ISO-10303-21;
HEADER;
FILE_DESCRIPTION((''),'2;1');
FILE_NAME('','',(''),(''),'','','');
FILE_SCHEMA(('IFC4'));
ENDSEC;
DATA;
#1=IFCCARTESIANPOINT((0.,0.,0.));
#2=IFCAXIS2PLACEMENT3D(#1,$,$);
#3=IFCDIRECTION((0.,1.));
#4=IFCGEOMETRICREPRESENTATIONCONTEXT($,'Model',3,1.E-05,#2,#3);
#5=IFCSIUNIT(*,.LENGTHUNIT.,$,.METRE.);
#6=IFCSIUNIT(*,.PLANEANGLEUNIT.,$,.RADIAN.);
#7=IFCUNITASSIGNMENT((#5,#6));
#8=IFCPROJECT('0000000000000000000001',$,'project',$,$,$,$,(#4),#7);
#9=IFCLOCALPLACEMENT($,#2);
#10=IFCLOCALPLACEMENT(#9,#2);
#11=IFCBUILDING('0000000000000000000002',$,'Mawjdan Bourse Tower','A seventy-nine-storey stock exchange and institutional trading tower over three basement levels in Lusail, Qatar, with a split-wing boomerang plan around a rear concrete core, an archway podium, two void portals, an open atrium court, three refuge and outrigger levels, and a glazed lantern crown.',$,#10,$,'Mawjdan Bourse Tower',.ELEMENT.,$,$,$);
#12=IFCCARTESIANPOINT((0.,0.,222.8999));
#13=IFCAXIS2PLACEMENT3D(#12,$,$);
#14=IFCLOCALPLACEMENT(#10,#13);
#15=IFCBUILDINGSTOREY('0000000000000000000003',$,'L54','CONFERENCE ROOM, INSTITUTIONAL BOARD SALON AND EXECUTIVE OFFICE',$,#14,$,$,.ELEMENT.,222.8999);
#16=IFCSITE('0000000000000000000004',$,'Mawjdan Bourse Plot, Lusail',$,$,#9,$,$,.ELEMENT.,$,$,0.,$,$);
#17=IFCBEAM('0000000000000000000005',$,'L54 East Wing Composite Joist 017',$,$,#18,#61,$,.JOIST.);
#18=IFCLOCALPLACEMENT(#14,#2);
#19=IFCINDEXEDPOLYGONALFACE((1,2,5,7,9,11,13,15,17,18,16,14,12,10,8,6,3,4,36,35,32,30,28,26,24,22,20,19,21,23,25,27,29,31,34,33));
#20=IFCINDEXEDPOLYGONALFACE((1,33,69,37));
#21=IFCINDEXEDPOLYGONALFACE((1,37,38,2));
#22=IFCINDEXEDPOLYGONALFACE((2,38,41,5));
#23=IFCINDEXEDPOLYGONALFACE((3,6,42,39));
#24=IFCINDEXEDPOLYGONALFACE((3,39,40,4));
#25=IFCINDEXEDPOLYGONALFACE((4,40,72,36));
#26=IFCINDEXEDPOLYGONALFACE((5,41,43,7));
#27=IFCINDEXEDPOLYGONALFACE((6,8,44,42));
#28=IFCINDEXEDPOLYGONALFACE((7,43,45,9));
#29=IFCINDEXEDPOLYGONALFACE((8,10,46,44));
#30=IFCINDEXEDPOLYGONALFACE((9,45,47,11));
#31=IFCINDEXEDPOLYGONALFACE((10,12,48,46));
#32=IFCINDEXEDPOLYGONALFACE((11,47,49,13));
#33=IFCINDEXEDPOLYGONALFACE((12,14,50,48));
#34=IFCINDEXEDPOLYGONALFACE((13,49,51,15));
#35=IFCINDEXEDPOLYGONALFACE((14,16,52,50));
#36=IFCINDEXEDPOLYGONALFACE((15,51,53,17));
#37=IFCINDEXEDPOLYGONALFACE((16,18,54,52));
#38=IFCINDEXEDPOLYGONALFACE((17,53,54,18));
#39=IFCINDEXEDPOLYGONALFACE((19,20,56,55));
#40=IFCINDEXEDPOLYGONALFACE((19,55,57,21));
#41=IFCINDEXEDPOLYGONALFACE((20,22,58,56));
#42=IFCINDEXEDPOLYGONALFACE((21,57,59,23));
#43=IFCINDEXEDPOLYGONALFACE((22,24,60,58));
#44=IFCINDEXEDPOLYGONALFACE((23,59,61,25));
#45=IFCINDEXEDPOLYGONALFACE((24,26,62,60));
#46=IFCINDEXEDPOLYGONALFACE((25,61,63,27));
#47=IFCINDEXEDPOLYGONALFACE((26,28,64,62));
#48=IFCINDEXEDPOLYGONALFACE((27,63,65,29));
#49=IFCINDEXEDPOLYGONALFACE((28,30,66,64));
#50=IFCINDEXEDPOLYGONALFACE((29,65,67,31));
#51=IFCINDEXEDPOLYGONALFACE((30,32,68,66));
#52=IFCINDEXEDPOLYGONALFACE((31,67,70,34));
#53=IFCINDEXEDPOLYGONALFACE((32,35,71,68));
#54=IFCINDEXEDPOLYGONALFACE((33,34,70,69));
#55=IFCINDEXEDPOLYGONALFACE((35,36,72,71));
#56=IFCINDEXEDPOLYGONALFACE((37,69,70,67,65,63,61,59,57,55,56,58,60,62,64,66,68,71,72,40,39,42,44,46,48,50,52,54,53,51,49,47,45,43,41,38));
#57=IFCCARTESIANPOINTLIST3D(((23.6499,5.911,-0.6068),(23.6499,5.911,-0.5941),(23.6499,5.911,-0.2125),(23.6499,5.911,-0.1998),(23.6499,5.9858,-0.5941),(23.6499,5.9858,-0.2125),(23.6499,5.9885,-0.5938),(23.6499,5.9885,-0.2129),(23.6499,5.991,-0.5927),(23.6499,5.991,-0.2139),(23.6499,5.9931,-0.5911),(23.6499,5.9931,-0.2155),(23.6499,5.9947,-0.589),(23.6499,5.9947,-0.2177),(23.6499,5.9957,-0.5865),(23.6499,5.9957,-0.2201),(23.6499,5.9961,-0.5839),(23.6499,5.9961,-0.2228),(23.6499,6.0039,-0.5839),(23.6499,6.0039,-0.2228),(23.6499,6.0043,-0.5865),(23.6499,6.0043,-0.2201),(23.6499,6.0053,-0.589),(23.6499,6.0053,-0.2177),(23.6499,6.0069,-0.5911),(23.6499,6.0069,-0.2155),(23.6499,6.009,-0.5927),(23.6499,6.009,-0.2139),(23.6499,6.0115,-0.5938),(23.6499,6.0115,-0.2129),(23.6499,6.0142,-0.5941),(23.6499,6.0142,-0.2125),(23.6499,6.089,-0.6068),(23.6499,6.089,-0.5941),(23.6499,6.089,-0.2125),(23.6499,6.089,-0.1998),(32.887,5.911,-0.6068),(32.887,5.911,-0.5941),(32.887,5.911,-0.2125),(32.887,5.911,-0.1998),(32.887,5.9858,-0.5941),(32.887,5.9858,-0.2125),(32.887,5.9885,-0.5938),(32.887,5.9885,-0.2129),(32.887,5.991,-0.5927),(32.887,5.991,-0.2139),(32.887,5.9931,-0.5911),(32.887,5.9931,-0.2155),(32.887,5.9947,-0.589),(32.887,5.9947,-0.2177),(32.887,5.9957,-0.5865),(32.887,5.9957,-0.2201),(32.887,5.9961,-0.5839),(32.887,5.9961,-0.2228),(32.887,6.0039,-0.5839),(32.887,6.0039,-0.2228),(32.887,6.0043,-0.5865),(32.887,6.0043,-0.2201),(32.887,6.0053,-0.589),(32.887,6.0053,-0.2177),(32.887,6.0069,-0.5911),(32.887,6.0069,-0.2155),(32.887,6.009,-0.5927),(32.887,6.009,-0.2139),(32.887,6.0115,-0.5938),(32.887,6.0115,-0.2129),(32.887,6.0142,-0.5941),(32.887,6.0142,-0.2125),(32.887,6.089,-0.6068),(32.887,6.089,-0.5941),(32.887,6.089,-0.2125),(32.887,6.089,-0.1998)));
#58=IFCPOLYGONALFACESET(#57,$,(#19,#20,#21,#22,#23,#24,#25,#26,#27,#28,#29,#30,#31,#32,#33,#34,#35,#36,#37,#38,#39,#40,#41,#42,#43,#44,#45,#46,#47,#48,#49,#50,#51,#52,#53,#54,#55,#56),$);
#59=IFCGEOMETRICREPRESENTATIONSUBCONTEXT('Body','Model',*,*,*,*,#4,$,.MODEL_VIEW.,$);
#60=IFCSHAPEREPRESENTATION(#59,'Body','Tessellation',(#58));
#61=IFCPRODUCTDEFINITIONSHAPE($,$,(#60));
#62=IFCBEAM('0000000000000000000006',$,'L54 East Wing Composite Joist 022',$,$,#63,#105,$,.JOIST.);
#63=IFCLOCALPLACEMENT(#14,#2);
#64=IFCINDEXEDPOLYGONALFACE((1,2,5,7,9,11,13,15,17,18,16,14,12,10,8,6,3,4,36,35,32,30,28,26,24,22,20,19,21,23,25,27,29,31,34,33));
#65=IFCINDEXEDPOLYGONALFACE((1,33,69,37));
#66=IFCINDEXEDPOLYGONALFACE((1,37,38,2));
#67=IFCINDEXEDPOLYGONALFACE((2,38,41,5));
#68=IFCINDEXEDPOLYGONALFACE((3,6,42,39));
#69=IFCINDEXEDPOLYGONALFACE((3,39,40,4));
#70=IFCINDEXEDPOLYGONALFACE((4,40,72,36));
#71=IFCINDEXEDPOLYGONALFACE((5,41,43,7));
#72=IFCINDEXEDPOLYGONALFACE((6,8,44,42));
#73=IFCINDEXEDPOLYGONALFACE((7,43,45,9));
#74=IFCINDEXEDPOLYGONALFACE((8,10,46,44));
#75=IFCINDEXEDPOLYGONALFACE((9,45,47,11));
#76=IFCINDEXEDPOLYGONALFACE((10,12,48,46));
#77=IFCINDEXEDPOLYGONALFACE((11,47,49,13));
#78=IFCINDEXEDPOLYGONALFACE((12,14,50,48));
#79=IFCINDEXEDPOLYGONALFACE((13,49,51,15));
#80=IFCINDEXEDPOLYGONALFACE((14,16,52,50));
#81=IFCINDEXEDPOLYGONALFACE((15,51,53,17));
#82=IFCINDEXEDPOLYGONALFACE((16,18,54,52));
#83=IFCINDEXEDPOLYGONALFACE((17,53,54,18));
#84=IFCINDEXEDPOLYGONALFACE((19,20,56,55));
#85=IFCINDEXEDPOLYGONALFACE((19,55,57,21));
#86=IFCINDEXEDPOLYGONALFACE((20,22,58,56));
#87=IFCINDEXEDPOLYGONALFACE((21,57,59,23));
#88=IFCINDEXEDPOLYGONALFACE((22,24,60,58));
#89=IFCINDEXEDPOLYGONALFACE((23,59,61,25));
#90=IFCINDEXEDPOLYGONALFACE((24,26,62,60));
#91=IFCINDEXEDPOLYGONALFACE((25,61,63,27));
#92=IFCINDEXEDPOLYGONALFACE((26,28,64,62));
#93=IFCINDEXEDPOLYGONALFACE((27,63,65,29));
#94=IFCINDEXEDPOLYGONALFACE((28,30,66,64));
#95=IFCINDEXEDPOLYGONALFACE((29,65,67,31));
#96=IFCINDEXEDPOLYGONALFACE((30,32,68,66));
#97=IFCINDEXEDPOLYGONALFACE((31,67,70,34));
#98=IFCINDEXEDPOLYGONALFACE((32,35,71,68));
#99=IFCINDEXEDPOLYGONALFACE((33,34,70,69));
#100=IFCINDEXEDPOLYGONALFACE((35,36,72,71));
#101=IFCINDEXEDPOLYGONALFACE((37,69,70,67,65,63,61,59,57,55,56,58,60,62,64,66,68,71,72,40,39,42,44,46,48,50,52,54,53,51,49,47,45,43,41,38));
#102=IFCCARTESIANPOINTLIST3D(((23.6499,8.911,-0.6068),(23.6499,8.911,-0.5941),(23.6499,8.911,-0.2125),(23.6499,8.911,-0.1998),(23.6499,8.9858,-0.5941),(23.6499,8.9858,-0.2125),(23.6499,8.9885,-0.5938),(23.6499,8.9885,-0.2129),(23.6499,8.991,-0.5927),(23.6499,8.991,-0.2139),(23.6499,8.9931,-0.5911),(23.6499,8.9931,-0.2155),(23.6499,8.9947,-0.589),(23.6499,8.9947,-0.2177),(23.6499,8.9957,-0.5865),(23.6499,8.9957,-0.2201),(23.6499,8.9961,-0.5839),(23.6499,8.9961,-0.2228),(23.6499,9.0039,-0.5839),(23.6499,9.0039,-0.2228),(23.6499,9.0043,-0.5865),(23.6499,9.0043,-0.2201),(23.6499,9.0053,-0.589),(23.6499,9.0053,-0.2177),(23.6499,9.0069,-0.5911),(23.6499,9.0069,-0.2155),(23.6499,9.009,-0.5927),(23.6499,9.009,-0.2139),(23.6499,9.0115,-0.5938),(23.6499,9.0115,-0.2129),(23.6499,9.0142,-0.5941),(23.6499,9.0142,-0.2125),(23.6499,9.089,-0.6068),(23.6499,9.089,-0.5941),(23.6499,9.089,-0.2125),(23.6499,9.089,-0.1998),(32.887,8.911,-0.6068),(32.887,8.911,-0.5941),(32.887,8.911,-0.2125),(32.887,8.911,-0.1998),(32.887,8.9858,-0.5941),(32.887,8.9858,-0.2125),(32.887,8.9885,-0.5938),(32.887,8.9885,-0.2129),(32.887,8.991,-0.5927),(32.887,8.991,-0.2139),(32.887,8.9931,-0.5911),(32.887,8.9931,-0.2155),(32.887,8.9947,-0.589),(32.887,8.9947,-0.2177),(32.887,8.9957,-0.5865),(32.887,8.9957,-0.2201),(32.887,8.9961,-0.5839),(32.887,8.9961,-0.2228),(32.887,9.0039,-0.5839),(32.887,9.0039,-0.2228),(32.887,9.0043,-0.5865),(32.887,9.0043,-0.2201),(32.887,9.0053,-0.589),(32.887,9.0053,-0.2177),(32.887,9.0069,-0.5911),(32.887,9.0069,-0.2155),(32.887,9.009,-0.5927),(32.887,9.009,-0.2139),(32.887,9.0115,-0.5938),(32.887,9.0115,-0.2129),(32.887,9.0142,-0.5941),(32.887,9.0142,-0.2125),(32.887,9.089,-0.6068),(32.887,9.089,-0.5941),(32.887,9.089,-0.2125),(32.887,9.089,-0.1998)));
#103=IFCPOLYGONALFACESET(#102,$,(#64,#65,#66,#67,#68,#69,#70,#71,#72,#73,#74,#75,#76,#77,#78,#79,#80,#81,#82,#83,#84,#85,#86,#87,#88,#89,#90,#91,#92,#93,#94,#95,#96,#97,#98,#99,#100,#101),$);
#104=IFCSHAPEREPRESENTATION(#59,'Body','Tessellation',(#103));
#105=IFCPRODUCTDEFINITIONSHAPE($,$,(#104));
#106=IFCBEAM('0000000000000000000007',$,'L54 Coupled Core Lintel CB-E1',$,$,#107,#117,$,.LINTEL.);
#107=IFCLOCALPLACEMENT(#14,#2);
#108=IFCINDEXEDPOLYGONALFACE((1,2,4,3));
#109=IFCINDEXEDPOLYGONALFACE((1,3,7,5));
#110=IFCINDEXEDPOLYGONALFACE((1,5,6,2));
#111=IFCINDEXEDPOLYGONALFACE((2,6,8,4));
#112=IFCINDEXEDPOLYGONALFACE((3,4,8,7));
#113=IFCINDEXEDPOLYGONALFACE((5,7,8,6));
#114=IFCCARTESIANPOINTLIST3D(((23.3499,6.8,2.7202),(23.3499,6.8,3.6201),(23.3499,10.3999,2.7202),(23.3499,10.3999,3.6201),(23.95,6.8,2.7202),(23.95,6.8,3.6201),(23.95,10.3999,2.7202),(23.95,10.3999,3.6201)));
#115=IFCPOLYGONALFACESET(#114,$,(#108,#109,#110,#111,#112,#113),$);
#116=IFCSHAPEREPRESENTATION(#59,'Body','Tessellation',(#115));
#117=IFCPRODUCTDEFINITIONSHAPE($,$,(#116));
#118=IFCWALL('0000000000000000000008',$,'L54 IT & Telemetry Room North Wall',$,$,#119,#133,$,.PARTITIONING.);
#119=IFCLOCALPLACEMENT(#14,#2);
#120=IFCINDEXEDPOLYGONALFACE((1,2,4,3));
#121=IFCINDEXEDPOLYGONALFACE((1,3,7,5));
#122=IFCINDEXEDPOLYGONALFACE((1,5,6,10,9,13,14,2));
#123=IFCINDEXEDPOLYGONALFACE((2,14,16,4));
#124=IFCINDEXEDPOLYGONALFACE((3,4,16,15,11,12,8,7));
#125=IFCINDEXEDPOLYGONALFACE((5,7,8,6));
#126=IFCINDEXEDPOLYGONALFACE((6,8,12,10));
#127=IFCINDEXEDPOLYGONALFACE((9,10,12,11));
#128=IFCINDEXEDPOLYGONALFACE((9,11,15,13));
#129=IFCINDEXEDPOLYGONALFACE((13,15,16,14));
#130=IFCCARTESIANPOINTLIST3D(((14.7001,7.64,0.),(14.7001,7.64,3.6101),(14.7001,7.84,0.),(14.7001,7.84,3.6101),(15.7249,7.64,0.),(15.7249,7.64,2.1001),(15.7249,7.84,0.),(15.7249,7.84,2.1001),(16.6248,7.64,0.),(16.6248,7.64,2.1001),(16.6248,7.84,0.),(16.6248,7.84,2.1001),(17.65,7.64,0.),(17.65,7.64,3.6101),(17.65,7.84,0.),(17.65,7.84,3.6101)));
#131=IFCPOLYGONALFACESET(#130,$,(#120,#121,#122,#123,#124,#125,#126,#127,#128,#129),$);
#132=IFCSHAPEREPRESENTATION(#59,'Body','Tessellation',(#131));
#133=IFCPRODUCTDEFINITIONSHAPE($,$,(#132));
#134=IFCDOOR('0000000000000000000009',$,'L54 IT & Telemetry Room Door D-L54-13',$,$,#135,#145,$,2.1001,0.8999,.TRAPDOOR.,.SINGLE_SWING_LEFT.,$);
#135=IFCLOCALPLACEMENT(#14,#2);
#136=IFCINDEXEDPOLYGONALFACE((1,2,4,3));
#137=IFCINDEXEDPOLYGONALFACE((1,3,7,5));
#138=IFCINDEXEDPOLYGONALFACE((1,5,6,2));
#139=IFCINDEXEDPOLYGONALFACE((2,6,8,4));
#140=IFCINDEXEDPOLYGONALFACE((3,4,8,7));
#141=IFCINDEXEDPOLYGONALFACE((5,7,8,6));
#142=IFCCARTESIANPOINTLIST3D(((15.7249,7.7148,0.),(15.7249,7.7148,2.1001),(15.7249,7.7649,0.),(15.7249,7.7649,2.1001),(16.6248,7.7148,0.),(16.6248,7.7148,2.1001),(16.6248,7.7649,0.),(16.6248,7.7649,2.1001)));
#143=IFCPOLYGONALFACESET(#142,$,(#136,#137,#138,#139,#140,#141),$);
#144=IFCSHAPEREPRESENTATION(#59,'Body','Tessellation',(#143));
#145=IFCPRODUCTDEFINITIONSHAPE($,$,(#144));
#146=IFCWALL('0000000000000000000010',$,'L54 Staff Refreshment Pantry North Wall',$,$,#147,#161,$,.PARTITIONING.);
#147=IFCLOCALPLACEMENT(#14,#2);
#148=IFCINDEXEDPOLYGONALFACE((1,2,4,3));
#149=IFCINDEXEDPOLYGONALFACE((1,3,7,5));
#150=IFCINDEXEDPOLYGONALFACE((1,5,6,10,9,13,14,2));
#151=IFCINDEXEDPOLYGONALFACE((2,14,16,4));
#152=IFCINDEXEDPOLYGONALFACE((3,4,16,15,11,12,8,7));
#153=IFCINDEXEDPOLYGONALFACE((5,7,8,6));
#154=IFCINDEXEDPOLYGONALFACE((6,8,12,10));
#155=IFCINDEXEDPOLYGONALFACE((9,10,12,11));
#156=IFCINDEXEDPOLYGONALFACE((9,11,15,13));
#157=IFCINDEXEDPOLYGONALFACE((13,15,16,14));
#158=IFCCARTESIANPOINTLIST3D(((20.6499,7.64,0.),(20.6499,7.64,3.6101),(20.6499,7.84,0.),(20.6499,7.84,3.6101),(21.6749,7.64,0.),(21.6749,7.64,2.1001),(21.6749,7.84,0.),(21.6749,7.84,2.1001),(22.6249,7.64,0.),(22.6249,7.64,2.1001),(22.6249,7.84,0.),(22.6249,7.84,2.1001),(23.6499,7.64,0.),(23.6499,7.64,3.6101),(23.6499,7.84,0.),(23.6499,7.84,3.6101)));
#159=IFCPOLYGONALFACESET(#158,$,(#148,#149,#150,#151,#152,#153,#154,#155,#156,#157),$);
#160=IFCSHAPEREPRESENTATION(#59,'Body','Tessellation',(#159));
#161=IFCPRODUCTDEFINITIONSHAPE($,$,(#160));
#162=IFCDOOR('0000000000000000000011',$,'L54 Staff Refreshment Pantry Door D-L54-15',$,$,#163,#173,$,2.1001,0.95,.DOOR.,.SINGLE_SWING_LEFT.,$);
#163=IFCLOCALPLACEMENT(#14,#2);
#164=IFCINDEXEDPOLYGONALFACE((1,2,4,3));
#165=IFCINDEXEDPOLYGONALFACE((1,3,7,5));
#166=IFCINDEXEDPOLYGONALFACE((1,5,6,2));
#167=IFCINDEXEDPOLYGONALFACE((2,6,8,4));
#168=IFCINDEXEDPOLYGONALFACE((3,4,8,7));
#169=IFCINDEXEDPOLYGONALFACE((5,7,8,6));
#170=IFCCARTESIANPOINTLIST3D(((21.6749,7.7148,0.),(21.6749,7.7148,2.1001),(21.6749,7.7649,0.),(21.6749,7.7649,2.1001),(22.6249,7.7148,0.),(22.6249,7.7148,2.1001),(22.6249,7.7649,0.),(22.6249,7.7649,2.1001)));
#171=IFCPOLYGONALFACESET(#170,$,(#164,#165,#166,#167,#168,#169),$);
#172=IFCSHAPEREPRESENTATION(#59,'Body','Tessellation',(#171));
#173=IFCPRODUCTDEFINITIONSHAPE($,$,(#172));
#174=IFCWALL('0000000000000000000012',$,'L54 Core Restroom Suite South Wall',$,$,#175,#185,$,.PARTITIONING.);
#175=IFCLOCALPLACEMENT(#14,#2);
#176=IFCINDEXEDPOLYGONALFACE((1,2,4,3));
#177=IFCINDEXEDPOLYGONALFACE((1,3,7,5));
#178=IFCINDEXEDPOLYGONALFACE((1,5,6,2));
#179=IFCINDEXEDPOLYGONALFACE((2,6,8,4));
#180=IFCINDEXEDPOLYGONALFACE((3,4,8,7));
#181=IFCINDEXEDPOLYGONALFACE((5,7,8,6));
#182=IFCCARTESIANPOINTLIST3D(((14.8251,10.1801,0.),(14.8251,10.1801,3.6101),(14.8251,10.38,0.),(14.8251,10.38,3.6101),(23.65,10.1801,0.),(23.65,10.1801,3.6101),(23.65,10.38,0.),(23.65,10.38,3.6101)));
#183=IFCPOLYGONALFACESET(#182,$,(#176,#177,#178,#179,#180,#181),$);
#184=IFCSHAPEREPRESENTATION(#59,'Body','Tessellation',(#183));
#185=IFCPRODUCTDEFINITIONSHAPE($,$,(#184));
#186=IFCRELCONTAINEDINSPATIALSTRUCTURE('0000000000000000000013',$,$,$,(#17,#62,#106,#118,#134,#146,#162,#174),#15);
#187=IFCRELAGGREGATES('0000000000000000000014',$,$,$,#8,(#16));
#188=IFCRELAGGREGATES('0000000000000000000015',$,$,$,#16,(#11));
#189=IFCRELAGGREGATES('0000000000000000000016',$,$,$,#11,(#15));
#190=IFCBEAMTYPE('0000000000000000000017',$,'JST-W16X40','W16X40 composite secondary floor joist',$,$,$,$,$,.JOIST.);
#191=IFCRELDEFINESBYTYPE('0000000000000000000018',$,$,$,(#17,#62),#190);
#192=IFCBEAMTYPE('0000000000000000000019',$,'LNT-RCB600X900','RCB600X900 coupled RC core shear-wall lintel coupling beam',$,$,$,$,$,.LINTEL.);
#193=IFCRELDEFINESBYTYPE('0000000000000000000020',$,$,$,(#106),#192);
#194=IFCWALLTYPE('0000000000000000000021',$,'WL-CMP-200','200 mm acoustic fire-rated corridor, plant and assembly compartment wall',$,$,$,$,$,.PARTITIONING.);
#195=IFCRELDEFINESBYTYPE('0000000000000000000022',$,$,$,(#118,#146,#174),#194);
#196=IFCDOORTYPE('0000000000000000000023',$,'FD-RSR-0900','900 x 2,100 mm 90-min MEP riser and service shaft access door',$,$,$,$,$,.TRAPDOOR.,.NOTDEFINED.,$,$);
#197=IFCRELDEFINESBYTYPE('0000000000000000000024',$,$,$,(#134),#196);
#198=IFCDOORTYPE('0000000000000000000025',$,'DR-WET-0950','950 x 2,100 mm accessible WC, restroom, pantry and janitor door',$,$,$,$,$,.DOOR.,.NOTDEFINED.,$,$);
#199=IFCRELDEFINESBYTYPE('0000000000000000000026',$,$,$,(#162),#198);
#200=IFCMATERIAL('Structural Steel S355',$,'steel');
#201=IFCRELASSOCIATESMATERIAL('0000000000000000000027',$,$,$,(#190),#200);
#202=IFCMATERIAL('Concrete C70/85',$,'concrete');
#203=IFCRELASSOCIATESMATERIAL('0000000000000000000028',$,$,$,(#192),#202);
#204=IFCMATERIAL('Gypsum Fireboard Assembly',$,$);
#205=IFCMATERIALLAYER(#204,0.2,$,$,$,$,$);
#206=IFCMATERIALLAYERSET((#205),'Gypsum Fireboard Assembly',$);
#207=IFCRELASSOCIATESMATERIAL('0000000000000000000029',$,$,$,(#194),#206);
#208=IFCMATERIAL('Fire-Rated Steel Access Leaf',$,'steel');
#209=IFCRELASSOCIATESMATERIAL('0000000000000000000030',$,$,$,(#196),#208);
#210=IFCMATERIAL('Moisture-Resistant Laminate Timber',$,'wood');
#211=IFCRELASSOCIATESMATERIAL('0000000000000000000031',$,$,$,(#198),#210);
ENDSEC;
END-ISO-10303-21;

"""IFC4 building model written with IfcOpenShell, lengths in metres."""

from ifc_helpers import new_model, si_unit, direction, frame, frame_2d, origin, origin_2d, place, context, subcontext, project, spatial, rectangle, i_section, extrude, material, layer, layer_set, material_profile, profile_set, type_object, element, fill, save


model = new_model("IFC4")

# Units and contexts
model_context = context("Model", 3, precision=1e-05, world=origin(), true_north=direction((0.0, 1.0)))
body_context = subcontext(model_context, "Body", "Model", "MODEL_VIEW")
ifc_project = project(units=[si_unit("LENGTHUNIT", "METRE"), si_unit("PLANEANGLEUNIT", "RADIAN")], contexts=[model_context])

# Site, building, storey
site_placement = place(None, origin())
site = spatial("IfcSite", under=ifc_project, at=site_placement, Name="Mawjdan Bourse Plot, Lusail", CompositionType="ELEMENT", RefElevation=0.0)
building_placement = place(site_placement, origin())
building = spatial("IfcBuilding", under=site, at=building_placement, Name="Mawjdan Bourse Tower", Description="A seventy-nine-storey stock exchange and institutional trading tower over three basement levels in Lusail, Qatar, with a split-wing boomerang plan around a rear concrete core, an archway podium, two void portals, an open atrium court, three refuge and outrigger levels, and a glazed lantern crown.", LongName="Mawjdan Bourse Tower", CompositionType="ELEMENT")
storey_placement = place(building_placement, frame((0.0, 0.0, 222.8999)))
storey = spatial("IfcBuildingStorey", under=building, at=storey_placement, Name="L54", Description="CONFERENCE ROOM, INSTITUTIONAL BOARD SALON AND EXECUTIVE OFFICE", CompositionType="ELEMENT", Elevation=222.8999)

# Beams
ifc_material_1 = material(Name="Structural Steel S355", Category="steel")
ifc_material_profile_1 = material_profile(ifc_material_1, i_section(OverallWidth=0.178, OverallDepth=0.407, WebThickness=0.0078, FlangeThickness=0.0127, FilletRadius=0.0103, at=origin_2d()), Name="W16X40")
ifc_profile_set_1 = profile_set([ifc_material_profile_1], Name="Structural Steel S355")
beam_type_1 = type_object("IfcBeamType", Name="JST-W16X40", Description="W16X40 composite secondary floor joist", PredefinedType="JOIST", material=ifc_profile_set_1)
for number, where, z_axis, x_axis, name in (
    (1, (23.6499, 6.0, -0.4033), (1.0, 0.0, 0.0), (0.0, 1.0, 0.0), "L54 East Wing Composite Joist 017"),
    (2, (23.6499, 9.0, -0.4033), (1.0, 0.0, 0.0), (0.0, 1.0, 0.0), "L54 East Wing Composite Joist 022"),
):
    element("IfcBeam", number, at=place(storey_placement, frame(where, z_axis=z_axis, x_axis=x_axis)), inside=storey, type_object=beam_type_1, Name=name, PredefinedType="JOIST", context=body_context, shape_type="SweptSolid", body=[
        extrude(i_section(OverallWidth=0.178, OverallDepth=0.407, WebThickness=0.0078, FlangeThickness=0.0127, FilletRadius=0.0103, at=origin_2d()), origin(), (0.0, 0.0, 1.0), 9.2371),
    ])
ifc_material_2 = material(Name="Concrete C70/85", Category="concrete")
ifc_material_profile_2 = material_profile(ifc_material_2, rectangle(XDim=0.6001, YDim=0.8999, at=origin_2d()), Name="RCB600X900")
ifc_profile_set_2 = profile_set([ifc_material_profile_2], Name="Concrete C70/85")
beam_type_2 = type_object("IfcBeamType", Name="LNT-RCB600X900", Description="RCB600X900 coupled RC core shear-wall lintel coupling beam", PredefinedType="LINTEL", material=ifc_profile_set_2)
beam_placement = place(storey_placement, frame((23.6499, 6.8, 3.1702), z_axis=(0.0, 1.0, 0.0), x_axis=(-1.0, 0.0, 0.0)))
element("IfcBeam", 3, at=beam_placement, inside=storey, type_object=beam_type_2, Name="L54 Coupled Core Lintel CB-E1", PredefinedType="LINTEL", context=body_context, shape_type="SweptSolid", body=[
    extrude(rectangle(XDim=0.6001, YDim=0.8999, at=origin_2d()), origin(), (0.0, 0.0, 1.0), 3.5999),
])

# Walls, openings, doors
ifc_material_3 = material(Name="Gypsum Fireboard Assembly")
ifc_layer_1 = layer(ifc_material_3, 0.2)
ifc_layer_set_1 = layer_set([ifc_layer_1], Name="Gypsum Fireboard Assembly")
wall_type_1 = type_object("IfcWallType", Name="WL-CMP-200", Description="200 mm acoustic fire-rated corridor, plant and assembly compartment wall", PredefinedType="PARTITIONING", material=ifc_layer_set_1)
wall_1_placement = place(storey_placement, frame((14.7, 7.74, 0.0), z_axis=(0.0, 0.0, 1.0), x_axis=(1.0, 0.0, 0.0)))
wall_1 = element("IfcWall", 4, at=wall_1_placement, inside=storey, type_object=wall_type_1, Name="L54 IT & Telemetry Room North Wall", PredefinedType="PARTITIONING", context=body_context, shape_type="SweptSolid", body=[
    extrude(rectangle(XDim=2.95, YDim=0.2, at=frame_2d((1.4751, 0.0))), origin(), (0.0, 0.0, 1.0), 3.6101),
])
opening_1_placement = place(wall_1_placement, frame((1.0249, 0.0, 0.0)))
opening_1 = element("IfcOpeningElement", 5, at=opening_1_placement, cuts=wall_1, PredefinedType="OPENING", context=body_context, shape_type="SweptSolid", body=[
    extrude(rectangle(XDim=0.8999, YDim=2.1001, at=frame_2d((0.45, 1.05))), frame((0.0, 0.1099, 0.0), z_axis=(0.0, -1.0, 0.0), x_axis=(1.0, 0.0, 0.0)), (0.0, 0.0, 1.0), 0.22),
])
ifc_material_4 = material(Name="Fire-Rated Steel Access Leaf", Category="steel")
door_type_1 = type_object("IfcDoorType", Name="FD-RSR-0900", Description="900 x 2,100 mm 90-min MEP riser and service shaft access door", OperationType="NOTDEFINED", PredefinedType="TRAPDOOR", material=ifc_material_4)
door_1_placement = place(opening_1_placement, origin())
door_1 = element("IfcDoor", 6, at=door_1_placement, inside=storey, type_object=door_type_1, Name="L54 IT & Telemetry Room Door D-L54-13", OperationType="SINGLE_SWING_LEFT", OverallHeight=2.1001, OverallWidth=0.8999, PredefinedType="TRAPDOOR", context=body_context, shape_type="SweptSolid", body=[
    extrude(rectangle(XDim=0.8999, YDim=2.1001, at=frame_2d((0.45, 1.05))), frame((0.0, 0.0249, 0.0), z_axis=(0.0, -1.0, 0.0), x_axis=(1.0, 0.0, 0.0)), (0.0, 0.0, 1.0), 0.05),
])
fill(opening_1, door_1)
wall_2_placement = place(storey_placement, frame((20.6499, 7.74, 0.0), z_axis=(0.0, 0.0, 1.0), x_axis=(1.0, 0.0, 0.0)))
wall_2 = element("IfcWall", 7, at=wall_2_placement, inside=storey, type_object=wall_type_1, Name="L54 Staff Refreshment Pantry North Wall", PredefinedType="PARTITIONING", context=body_context, shape_type="SweptSolid", body=[
    extrude(rectangle(XDim=3.0, YDim=0.2, at=frame_2d((1.5, 0.0))), origin(), (0.0, 0.0, 1.0), 3.6101),
])
opening_2_placement = place(wall_2_placement, frame((1.0249, 0.0, 0.0)))
opening_2 = element("IfcOpeningElement", 8, at=opening_2_placement, cuts=wall_2, PredefinedType="OPENING", context=body_context, shape_type="SweptSolid", body=[
    extrude(rectangle(XDim=0.95, YDim=2.1001, at=frame_2d((0.4751, 1.05))), frame((0.0, 0.1099, 0.0), z_axis=(0.0, -1.0, 0.0), x_axis=(1.0, 0.0, 0.0)), (0.0, 0.0, 1.0), 0.22),
])
ifc_material_5 = material(Name="Moisture-Resistant Laminate Timber", Category="wood")
door_type_2 = type_object("IfcDoorType", Name="DR-WET-0950", Description="950 x 2,100 mm accessible WC, restroom, pantry and janitor door", OperationType="NOTDEFINED", PredefinedType="DOOR", material=ifc_material_5)
door_2_placement = place(opening_2_placement, origin())
door_2 = element("IfcDoor", 9, at=door_2_placement, inside=storey, type_object=door_type_2, Name="L54 Staff Refreshment Pantry Door D-L54-15", OperationType="SINGLE_SWING_LEFT", OverallHeight=2.1001, OverallWidth=0.95, PredefinedType="DOOR", context=body_context, shape_type="SweptSolid", body=[
    extrude(rectangle(XDim=0.95, YDim=2.1001, at=frame_2d((0.4751, 1.05))), frame((0.0, 0.0249, 0.0), z_axis=(0.0, -1.0, 0.0), x_axis=(1.0, 0.0, 0.0)), (0.0, 0.0, 1.0), 0.05),
])
fill(opening_2, door_2)

# Wall
wall_3_placement = place(storey_placement, frame((14.825, 10.28, 0.0), z_axis=(0.0, 0.0, 1.0), x_axis=(1.0, 0.0, 0.0)))
element("IfcWall", 10, at=wall_3_placement, inside=storey, type_object=wall_type_1, Name="L54 Core Restroom Suite South Wall", PredefinedType="PARTITIONING", context=body_context, shape_type="SweptSolid", body=[
    extrude(rectangle(XDim=8.825, YDim=0.2, at=frame_2d((4.4126, 0.0))), origin(), (0.0, 0.0, 1.0), 3.6101),
])

save(model, "model.ifc")
